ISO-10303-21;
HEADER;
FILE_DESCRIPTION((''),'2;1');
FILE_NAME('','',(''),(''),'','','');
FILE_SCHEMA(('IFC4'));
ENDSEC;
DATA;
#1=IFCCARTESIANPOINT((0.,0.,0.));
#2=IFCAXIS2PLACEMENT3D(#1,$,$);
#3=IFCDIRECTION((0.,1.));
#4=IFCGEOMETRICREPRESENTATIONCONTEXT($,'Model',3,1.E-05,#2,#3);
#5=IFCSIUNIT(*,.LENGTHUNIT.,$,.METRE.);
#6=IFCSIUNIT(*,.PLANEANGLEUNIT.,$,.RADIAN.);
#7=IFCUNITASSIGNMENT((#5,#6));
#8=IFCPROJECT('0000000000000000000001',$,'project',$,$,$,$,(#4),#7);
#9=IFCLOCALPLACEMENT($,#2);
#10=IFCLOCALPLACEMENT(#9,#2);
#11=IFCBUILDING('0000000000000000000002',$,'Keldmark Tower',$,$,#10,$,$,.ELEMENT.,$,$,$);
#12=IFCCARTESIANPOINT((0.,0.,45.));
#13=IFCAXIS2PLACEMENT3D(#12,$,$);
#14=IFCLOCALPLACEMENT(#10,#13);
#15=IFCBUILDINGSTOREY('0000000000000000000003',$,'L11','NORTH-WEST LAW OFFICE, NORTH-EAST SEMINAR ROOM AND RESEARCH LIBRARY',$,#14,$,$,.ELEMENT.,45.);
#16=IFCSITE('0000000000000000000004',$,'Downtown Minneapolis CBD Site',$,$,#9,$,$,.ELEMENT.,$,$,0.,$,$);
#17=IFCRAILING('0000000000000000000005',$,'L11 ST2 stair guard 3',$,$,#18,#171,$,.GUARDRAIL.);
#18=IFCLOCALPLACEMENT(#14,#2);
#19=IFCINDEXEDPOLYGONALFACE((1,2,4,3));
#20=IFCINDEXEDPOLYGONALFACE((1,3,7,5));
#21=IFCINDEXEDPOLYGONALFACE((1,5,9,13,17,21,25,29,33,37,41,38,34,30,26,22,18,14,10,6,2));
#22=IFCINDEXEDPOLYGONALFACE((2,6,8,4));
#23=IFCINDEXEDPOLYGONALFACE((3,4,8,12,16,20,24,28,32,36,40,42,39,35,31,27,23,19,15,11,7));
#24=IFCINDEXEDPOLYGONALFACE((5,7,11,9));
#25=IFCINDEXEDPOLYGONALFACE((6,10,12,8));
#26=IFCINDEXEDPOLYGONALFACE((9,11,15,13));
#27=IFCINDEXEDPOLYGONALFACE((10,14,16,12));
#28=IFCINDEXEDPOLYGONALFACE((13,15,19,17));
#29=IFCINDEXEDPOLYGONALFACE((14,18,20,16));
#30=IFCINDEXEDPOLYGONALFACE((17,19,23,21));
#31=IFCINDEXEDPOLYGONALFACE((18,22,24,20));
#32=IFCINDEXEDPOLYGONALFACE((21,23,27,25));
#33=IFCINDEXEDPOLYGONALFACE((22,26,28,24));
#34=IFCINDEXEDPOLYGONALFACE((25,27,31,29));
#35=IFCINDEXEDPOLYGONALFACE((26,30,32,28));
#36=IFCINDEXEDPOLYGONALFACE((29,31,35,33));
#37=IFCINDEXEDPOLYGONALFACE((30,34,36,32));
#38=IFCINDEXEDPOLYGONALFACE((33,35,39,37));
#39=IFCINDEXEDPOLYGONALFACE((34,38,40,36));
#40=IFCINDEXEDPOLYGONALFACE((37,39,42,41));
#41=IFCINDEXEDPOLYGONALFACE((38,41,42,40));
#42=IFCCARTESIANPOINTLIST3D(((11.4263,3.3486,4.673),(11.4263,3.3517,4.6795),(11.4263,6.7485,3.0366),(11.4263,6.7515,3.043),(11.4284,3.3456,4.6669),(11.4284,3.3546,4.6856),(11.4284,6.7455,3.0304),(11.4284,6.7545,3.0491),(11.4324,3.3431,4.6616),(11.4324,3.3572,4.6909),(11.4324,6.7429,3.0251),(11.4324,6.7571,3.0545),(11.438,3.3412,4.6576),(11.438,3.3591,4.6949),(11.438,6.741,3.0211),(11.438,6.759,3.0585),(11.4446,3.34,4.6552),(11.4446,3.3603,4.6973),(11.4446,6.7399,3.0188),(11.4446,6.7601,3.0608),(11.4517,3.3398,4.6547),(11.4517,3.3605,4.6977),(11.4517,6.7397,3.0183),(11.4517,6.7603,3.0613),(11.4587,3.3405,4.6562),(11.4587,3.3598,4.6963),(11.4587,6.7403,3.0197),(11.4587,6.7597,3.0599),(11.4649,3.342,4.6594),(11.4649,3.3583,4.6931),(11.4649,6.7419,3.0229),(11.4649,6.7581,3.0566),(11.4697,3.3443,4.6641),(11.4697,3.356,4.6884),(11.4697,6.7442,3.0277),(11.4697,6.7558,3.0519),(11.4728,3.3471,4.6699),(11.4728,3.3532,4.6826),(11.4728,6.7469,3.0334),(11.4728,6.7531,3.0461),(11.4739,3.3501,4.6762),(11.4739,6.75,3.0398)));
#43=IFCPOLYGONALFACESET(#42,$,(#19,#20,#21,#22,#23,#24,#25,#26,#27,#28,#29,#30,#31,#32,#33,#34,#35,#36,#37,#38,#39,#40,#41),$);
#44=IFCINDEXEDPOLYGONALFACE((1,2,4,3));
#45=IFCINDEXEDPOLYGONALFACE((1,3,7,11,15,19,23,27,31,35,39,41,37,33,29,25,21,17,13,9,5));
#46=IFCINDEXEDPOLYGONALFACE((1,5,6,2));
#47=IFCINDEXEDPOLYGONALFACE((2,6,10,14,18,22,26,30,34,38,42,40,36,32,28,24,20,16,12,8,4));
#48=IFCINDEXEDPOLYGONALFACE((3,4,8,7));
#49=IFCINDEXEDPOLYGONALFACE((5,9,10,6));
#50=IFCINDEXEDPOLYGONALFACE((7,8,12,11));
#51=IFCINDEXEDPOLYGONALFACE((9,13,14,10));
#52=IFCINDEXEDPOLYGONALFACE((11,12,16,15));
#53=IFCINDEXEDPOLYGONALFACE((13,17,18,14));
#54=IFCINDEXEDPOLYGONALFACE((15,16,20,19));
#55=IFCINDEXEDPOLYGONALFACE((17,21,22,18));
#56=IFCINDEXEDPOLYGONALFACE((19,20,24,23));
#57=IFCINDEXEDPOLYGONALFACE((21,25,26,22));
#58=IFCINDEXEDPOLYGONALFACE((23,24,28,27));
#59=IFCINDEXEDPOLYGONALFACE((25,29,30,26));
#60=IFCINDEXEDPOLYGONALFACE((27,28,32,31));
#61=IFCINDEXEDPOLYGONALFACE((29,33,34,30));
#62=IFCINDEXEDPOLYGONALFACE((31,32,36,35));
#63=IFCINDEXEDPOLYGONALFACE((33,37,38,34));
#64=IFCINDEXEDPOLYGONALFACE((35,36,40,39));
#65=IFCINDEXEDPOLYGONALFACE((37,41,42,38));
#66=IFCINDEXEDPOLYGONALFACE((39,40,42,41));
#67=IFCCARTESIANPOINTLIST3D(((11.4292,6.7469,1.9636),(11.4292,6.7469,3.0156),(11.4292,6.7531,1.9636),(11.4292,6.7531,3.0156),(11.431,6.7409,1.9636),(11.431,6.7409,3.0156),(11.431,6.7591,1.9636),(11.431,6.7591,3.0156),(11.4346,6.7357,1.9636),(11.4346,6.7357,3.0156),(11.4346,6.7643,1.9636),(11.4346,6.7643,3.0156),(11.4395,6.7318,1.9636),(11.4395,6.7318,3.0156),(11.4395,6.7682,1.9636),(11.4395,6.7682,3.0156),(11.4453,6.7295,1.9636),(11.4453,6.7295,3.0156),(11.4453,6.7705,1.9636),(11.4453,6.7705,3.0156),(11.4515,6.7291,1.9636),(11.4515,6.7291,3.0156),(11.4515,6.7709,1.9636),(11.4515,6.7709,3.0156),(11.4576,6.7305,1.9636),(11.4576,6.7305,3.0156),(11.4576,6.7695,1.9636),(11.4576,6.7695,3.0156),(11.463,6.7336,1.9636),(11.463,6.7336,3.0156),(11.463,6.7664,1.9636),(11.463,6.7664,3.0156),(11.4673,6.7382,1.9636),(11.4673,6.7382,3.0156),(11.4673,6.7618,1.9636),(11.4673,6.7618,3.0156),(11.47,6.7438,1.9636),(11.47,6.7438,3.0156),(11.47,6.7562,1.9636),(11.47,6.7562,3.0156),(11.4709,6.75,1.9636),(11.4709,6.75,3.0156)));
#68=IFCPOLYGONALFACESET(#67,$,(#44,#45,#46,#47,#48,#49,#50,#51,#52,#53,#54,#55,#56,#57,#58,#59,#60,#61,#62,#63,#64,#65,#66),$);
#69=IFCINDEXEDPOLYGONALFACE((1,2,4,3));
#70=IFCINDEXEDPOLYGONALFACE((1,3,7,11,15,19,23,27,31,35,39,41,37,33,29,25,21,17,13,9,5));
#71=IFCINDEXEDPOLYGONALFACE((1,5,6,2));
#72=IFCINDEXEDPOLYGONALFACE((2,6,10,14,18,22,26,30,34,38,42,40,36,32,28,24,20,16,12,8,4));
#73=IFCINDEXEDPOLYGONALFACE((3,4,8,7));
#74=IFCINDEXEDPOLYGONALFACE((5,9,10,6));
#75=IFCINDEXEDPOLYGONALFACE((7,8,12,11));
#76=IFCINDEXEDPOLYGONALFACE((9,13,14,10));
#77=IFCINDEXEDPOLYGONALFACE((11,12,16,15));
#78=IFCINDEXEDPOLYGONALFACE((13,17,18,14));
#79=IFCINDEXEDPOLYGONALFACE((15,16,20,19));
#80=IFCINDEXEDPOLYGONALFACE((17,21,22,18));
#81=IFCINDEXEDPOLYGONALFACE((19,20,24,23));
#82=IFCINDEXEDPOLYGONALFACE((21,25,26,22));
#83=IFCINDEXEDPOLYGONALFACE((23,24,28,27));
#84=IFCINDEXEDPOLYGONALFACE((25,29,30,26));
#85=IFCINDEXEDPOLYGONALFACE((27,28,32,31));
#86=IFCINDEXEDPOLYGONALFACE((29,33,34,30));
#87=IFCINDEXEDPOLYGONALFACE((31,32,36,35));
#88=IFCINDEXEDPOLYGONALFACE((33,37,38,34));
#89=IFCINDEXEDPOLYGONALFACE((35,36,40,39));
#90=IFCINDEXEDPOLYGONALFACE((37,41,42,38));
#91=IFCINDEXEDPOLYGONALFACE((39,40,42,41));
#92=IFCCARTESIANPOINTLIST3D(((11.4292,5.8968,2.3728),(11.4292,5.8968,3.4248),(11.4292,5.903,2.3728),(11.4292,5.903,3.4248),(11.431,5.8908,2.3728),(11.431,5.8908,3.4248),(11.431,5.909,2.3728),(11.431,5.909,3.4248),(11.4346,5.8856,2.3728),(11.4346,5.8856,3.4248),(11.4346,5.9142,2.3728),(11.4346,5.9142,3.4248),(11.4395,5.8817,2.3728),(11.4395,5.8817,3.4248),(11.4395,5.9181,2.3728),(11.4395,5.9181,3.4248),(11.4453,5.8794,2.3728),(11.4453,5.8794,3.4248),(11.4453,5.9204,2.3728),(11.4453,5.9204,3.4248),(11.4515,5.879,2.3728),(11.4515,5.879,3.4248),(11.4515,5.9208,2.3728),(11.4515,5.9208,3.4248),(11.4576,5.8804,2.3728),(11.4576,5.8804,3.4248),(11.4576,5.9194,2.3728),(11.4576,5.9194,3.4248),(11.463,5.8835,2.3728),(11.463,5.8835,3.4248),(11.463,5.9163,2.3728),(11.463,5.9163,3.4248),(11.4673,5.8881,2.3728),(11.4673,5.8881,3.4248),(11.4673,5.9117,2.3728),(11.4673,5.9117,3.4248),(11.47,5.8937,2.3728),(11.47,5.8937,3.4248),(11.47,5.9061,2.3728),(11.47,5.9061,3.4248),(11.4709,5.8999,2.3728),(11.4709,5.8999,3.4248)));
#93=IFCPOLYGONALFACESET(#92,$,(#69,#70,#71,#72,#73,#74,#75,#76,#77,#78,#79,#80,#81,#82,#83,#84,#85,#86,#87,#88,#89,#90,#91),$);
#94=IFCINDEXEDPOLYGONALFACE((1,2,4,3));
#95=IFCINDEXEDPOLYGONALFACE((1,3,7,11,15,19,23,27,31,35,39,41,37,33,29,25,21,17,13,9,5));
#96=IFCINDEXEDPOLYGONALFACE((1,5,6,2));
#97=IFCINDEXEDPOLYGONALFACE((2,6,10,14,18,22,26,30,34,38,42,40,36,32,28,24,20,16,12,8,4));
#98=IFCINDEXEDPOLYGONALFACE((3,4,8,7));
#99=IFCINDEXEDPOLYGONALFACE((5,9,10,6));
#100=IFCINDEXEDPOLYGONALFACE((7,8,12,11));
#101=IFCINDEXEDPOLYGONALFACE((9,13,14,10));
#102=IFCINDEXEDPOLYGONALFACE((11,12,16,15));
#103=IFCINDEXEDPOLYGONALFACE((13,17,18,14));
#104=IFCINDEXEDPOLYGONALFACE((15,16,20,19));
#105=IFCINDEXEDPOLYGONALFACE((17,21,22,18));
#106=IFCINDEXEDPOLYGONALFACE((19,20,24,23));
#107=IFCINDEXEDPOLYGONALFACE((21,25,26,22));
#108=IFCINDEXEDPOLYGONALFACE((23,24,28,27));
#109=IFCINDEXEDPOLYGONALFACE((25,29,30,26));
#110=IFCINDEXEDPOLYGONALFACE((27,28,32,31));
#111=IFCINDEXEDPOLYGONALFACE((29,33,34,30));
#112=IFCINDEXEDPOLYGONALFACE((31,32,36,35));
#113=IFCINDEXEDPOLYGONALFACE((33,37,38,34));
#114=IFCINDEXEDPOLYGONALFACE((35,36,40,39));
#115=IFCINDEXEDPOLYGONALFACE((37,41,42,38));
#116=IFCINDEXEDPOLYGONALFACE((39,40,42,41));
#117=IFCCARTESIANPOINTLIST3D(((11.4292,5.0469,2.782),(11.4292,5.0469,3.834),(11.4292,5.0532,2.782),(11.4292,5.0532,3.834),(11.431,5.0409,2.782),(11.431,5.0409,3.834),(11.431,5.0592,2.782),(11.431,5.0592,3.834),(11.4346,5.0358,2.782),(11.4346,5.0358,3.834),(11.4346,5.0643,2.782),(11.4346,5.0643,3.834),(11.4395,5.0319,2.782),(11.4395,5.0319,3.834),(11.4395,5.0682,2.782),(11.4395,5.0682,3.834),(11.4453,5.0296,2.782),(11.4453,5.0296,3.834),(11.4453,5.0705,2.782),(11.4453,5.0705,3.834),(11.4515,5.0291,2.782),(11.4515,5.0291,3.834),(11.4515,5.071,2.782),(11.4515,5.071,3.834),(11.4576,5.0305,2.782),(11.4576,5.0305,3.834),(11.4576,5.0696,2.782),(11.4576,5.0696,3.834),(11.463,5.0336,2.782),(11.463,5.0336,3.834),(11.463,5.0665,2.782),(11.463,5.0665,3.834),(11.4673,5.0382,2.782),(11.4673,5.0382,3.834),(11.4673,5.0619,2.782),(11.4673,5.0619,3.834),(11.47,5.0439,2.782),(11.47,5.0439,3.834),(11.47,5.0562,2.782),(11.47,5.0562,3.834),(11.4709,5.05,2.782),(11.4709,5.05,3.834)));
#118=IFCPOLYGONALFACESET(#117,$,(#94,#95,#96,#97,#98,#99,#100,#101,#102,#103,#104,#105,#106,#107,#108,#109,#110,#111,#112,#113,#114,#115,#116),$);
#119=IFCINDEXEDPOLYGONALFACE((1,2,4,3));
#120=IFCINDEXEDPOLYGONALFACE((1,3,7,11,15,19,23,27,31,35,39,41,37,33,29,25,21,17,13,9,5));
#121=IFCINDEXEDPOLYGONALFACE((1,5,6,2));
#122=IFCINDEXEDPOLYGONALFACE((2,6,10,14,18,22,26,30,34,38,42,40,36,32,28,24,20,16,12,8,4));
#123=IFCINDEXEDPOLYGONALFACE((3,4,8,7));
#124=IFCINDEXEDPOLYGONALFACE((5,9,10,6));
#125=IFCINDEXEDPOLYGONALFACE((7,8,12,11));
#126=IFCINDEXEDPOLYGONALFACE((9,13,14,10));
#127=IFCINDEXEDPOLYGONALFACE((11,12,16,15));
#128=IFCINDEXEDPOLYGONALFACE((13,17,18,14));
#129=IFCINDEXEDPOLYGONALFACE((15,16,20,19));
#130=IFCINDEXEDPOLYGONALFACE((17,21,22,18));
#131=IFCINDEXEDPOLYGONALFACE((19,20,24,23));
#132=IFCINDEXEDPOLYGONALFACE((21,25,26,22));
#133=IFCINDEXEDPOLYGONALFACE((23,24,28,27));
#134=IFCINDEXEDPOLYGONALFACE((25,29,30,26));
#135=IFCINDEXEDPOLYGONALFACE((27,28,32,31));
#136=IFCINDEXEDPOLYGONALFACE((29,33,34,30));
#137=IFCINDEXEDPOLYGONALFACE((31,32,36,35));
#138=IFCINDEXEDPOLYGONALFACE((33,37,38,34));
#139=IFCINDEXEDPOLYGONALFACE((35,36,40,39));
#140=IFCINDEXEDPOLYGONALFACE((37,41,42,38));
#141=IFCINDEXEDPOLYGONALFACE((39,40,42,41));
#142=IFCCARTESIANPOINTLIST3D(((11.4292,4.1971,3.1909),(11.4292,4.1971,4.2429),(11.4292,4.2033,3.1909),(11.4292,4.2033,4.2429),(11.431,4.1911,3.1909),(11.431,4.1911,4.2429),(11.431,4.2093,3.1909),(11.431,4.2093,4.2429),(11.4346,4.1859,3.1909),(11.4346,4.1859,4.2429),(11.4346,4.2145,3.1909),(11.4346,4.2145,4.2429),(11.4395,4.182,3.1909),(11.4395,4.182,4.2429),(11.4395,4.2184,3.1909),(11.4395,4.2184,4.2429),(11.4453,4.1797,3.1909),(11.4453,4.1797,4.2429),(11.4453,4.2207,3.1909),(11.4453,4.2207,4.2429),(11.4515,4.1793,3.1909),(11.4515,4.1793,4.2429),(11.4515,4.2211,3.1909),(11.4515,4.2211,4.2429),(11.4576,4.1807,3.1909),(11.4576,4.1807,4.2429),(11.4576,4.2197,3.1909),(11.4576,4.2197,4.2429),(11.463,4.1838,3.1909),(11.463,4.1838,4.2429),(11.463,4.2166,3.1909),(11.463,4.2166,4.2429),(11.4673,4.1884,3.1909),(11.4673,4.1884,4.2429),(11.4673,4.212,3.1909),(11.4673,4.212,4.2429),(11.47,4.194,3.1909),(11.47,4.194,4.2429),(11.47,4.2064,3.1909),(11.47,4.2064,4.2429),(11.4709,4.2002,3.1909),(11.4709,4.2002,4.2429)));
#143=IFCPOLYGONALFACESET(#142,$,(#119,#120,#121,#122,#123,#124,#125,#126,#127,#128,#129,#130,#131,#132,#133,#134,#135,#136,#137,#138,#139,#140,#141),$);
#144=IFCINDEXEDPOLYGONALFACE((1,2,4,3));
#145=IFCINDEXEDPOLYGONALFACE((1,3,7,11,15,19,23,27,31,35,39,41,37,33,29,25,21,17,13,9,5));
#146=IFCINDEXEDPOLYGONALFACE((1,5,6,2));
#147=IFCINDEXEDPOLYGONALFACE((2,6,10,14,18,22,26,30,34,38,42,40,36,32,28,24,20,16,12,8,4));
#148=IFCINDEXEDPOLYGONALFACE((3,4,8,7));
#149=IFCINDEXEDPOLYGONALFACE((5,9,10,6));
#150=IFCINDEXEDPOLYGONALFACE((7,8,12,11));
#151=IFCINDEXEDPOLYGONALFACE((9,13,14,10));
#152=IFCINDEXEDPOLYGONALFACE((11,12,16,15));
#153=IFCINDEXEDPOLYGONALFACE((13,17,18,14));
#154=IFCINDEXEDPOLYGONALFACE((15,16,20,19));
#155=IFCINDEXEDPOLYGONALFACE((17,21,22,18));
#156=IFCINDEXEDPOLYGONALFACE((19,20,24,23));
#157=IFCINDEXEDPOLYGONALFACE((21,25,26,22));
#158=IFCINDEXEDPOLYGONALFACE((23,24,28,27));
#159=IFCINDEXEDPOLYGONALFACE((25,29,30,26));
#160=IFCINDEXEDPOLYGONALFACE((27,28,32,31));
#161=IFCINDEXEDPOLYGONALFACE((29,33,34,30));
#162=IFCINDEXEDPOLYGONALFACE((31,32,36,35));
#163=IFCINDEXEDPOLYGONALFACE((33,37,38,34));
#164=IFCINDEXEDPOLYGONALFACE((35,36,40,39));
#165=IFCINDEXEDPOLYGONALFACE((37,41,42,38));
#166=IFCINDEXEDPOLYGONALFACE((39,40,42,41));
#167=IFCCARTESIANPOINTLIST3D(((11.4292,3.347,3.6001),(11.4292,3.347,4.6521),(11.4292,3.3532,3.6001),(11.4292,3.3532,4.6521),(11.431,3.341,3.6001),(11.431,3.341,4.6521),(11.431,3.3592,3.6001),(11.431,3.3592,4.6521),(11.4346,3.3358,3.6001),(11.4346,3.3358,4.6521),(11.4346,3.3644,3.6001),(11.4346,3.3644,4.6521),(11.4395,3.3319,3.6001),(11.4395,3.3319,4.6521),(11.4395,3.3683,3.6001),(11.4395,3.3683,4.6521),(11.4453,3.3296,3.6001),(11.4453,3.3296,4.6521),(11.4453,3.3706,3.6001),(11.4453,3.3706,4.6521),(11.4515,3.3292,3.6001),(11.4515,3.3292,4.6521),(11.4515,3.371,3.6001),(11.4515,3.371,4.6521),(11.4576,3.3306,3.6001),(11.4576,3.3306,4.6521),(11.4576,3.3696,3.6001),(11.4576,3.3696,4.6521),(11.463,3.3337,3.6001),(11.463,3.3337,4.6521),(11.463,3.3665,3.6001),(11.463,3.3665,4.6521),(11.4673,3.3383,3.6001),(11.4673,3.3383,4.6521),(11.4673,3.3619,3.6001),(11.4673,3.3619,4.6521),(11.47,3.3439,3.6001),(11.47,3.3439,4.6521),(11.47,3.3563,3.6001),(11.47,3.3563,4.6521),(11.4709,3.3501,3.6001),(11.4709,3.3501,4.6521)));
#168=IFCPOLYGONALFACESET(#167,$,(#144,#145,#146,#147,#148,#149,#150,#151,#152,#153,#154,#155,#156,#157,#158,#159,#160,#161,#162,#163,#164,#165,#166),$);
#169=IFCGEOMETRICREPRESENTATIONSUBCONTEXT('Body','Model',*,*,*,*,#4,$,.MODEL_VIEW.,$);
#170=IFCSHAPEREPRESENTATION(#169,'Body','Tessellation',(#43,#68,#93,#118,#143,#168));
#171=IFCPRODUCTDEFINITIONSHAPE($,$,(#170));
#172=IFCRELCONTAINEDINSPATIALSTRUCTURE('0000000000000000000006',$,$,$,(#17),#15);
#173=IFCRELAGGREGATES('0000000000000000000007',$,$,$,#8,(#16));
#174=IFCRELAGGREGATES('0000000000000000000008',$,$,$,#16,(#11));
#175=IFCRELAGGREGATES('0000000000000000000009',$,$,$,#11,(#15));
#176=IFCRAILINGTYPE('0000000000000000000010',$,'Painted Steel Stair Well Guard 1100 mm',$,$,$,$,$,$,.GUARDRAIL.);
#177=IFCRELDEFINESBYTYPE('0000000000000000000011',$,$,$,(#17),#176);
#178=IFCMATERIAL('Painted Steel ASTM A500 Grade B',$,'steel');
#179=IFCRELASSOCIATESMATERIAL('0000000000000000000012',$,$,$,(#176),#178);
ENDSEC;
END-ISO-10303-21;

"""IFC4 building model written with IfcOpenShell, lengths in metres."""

from ifc_helpers import new_model, si_unit, direction, frame, origin, origin_2d, place, context, subcontext, project, spatial, circle, extrude, material, type_object, element, save


model = new_model("IFC4")

# Units and contexts
model_context = context("Model", 3, precision=1e-05, world=origin(), true_north=direction((0.0, 1.0)))
body_context = subcontext(model_context, "Body", "Model", "MODEL_VIEW")
ifc_project = project(units=[si_unit("LENGTHUNIT", "METRE"), si_unit("PLANEANGLEUNIT", "RADIAN")], contexts=[model_context])

# Site, building, storey
site_placement = place(None, origin())
site = spatial("IfcSite", under=ifc_project, at=site_placement, Name="Downtown Minneapolis CBD Site", CompositionType="ELEMENT", RefElevation=0.0)
building_placement = place(site_placement, origin())
building = spatial("IfcBuilding", under=site, at=building_placement, Name="Keldmark Tower", CompositionType="ELEMENT")
storey_placement = place(building_placement, frame((0.0, 0.0, 45.0)))
storey = spatial("IfcBuildingStorey", under=building, at=storey_placement, Name="L11", Description="NORTH-WEST LAW OFFICE, NORTH-EAST SEMINAR ROOM AND RESEARCH LIBRARY", CompositionType="ELEMENT", Elevation=45.0)

# Railing
ifc_material_1 = material(Name="Painted Steel ASTM A500 Grade B", Category="steel")
railing_type_1 = type_object("IfcRailingType", Name="Painted Steel Stair Well Guard 1100 mm", PredefinedType="GUARDRAIL", material=ifc_material_1)
railing_1_placement = place(storey_placement, frame((11.45, 6.75, 1.9636)))
element("IfcRailing", 1, at=railing_1_placement, inside=storey, type_object=railing_type_1, Name="L11 ST2 stair guard 3", PredefinedType="GUARDRAIL", context=body_context, shape_type="SweptSolid", body=[
    extrude(circle(Radius=0.0239, at=origin_2d()), frame((0.0, 0.0, 1.0762), z_axis=(0.0, -0.901055, 0.433705), x_axis=(1.0, 0.0, 0.0)), (0.0, 0.0, 1.0), 3.7732),
    extrude(circle(Radius=0.021, at=origin_2d()), origin(), (0.0, 0.0, 1.0), 1.052),
    extrude(circle(Radius=0.021, at=origin_2d()), frame((0.0, -0.8501, 0.4092)), (0.0, 0.0, 1.0), 1.052),
    extrude(circle(Radius=0.021, at=origin_2d()), frame((0.0, -1.7, 0.8184)), (0.0, 0.0, 1.0), 1.052),
    extrude(circle(Radius=0.021, at=origin_2d()), frame((0.0, -2.5498, 1.2273)), (0.0, 0.0, 1.0), 1.052),
    extrude(circle(Radius=0.021, at=origin_2d()), frame((0.0, -3.3999, 1.6365)), (0.0, 0.0, 1.0), 1.052),
])

save(model, "model.ifc")
